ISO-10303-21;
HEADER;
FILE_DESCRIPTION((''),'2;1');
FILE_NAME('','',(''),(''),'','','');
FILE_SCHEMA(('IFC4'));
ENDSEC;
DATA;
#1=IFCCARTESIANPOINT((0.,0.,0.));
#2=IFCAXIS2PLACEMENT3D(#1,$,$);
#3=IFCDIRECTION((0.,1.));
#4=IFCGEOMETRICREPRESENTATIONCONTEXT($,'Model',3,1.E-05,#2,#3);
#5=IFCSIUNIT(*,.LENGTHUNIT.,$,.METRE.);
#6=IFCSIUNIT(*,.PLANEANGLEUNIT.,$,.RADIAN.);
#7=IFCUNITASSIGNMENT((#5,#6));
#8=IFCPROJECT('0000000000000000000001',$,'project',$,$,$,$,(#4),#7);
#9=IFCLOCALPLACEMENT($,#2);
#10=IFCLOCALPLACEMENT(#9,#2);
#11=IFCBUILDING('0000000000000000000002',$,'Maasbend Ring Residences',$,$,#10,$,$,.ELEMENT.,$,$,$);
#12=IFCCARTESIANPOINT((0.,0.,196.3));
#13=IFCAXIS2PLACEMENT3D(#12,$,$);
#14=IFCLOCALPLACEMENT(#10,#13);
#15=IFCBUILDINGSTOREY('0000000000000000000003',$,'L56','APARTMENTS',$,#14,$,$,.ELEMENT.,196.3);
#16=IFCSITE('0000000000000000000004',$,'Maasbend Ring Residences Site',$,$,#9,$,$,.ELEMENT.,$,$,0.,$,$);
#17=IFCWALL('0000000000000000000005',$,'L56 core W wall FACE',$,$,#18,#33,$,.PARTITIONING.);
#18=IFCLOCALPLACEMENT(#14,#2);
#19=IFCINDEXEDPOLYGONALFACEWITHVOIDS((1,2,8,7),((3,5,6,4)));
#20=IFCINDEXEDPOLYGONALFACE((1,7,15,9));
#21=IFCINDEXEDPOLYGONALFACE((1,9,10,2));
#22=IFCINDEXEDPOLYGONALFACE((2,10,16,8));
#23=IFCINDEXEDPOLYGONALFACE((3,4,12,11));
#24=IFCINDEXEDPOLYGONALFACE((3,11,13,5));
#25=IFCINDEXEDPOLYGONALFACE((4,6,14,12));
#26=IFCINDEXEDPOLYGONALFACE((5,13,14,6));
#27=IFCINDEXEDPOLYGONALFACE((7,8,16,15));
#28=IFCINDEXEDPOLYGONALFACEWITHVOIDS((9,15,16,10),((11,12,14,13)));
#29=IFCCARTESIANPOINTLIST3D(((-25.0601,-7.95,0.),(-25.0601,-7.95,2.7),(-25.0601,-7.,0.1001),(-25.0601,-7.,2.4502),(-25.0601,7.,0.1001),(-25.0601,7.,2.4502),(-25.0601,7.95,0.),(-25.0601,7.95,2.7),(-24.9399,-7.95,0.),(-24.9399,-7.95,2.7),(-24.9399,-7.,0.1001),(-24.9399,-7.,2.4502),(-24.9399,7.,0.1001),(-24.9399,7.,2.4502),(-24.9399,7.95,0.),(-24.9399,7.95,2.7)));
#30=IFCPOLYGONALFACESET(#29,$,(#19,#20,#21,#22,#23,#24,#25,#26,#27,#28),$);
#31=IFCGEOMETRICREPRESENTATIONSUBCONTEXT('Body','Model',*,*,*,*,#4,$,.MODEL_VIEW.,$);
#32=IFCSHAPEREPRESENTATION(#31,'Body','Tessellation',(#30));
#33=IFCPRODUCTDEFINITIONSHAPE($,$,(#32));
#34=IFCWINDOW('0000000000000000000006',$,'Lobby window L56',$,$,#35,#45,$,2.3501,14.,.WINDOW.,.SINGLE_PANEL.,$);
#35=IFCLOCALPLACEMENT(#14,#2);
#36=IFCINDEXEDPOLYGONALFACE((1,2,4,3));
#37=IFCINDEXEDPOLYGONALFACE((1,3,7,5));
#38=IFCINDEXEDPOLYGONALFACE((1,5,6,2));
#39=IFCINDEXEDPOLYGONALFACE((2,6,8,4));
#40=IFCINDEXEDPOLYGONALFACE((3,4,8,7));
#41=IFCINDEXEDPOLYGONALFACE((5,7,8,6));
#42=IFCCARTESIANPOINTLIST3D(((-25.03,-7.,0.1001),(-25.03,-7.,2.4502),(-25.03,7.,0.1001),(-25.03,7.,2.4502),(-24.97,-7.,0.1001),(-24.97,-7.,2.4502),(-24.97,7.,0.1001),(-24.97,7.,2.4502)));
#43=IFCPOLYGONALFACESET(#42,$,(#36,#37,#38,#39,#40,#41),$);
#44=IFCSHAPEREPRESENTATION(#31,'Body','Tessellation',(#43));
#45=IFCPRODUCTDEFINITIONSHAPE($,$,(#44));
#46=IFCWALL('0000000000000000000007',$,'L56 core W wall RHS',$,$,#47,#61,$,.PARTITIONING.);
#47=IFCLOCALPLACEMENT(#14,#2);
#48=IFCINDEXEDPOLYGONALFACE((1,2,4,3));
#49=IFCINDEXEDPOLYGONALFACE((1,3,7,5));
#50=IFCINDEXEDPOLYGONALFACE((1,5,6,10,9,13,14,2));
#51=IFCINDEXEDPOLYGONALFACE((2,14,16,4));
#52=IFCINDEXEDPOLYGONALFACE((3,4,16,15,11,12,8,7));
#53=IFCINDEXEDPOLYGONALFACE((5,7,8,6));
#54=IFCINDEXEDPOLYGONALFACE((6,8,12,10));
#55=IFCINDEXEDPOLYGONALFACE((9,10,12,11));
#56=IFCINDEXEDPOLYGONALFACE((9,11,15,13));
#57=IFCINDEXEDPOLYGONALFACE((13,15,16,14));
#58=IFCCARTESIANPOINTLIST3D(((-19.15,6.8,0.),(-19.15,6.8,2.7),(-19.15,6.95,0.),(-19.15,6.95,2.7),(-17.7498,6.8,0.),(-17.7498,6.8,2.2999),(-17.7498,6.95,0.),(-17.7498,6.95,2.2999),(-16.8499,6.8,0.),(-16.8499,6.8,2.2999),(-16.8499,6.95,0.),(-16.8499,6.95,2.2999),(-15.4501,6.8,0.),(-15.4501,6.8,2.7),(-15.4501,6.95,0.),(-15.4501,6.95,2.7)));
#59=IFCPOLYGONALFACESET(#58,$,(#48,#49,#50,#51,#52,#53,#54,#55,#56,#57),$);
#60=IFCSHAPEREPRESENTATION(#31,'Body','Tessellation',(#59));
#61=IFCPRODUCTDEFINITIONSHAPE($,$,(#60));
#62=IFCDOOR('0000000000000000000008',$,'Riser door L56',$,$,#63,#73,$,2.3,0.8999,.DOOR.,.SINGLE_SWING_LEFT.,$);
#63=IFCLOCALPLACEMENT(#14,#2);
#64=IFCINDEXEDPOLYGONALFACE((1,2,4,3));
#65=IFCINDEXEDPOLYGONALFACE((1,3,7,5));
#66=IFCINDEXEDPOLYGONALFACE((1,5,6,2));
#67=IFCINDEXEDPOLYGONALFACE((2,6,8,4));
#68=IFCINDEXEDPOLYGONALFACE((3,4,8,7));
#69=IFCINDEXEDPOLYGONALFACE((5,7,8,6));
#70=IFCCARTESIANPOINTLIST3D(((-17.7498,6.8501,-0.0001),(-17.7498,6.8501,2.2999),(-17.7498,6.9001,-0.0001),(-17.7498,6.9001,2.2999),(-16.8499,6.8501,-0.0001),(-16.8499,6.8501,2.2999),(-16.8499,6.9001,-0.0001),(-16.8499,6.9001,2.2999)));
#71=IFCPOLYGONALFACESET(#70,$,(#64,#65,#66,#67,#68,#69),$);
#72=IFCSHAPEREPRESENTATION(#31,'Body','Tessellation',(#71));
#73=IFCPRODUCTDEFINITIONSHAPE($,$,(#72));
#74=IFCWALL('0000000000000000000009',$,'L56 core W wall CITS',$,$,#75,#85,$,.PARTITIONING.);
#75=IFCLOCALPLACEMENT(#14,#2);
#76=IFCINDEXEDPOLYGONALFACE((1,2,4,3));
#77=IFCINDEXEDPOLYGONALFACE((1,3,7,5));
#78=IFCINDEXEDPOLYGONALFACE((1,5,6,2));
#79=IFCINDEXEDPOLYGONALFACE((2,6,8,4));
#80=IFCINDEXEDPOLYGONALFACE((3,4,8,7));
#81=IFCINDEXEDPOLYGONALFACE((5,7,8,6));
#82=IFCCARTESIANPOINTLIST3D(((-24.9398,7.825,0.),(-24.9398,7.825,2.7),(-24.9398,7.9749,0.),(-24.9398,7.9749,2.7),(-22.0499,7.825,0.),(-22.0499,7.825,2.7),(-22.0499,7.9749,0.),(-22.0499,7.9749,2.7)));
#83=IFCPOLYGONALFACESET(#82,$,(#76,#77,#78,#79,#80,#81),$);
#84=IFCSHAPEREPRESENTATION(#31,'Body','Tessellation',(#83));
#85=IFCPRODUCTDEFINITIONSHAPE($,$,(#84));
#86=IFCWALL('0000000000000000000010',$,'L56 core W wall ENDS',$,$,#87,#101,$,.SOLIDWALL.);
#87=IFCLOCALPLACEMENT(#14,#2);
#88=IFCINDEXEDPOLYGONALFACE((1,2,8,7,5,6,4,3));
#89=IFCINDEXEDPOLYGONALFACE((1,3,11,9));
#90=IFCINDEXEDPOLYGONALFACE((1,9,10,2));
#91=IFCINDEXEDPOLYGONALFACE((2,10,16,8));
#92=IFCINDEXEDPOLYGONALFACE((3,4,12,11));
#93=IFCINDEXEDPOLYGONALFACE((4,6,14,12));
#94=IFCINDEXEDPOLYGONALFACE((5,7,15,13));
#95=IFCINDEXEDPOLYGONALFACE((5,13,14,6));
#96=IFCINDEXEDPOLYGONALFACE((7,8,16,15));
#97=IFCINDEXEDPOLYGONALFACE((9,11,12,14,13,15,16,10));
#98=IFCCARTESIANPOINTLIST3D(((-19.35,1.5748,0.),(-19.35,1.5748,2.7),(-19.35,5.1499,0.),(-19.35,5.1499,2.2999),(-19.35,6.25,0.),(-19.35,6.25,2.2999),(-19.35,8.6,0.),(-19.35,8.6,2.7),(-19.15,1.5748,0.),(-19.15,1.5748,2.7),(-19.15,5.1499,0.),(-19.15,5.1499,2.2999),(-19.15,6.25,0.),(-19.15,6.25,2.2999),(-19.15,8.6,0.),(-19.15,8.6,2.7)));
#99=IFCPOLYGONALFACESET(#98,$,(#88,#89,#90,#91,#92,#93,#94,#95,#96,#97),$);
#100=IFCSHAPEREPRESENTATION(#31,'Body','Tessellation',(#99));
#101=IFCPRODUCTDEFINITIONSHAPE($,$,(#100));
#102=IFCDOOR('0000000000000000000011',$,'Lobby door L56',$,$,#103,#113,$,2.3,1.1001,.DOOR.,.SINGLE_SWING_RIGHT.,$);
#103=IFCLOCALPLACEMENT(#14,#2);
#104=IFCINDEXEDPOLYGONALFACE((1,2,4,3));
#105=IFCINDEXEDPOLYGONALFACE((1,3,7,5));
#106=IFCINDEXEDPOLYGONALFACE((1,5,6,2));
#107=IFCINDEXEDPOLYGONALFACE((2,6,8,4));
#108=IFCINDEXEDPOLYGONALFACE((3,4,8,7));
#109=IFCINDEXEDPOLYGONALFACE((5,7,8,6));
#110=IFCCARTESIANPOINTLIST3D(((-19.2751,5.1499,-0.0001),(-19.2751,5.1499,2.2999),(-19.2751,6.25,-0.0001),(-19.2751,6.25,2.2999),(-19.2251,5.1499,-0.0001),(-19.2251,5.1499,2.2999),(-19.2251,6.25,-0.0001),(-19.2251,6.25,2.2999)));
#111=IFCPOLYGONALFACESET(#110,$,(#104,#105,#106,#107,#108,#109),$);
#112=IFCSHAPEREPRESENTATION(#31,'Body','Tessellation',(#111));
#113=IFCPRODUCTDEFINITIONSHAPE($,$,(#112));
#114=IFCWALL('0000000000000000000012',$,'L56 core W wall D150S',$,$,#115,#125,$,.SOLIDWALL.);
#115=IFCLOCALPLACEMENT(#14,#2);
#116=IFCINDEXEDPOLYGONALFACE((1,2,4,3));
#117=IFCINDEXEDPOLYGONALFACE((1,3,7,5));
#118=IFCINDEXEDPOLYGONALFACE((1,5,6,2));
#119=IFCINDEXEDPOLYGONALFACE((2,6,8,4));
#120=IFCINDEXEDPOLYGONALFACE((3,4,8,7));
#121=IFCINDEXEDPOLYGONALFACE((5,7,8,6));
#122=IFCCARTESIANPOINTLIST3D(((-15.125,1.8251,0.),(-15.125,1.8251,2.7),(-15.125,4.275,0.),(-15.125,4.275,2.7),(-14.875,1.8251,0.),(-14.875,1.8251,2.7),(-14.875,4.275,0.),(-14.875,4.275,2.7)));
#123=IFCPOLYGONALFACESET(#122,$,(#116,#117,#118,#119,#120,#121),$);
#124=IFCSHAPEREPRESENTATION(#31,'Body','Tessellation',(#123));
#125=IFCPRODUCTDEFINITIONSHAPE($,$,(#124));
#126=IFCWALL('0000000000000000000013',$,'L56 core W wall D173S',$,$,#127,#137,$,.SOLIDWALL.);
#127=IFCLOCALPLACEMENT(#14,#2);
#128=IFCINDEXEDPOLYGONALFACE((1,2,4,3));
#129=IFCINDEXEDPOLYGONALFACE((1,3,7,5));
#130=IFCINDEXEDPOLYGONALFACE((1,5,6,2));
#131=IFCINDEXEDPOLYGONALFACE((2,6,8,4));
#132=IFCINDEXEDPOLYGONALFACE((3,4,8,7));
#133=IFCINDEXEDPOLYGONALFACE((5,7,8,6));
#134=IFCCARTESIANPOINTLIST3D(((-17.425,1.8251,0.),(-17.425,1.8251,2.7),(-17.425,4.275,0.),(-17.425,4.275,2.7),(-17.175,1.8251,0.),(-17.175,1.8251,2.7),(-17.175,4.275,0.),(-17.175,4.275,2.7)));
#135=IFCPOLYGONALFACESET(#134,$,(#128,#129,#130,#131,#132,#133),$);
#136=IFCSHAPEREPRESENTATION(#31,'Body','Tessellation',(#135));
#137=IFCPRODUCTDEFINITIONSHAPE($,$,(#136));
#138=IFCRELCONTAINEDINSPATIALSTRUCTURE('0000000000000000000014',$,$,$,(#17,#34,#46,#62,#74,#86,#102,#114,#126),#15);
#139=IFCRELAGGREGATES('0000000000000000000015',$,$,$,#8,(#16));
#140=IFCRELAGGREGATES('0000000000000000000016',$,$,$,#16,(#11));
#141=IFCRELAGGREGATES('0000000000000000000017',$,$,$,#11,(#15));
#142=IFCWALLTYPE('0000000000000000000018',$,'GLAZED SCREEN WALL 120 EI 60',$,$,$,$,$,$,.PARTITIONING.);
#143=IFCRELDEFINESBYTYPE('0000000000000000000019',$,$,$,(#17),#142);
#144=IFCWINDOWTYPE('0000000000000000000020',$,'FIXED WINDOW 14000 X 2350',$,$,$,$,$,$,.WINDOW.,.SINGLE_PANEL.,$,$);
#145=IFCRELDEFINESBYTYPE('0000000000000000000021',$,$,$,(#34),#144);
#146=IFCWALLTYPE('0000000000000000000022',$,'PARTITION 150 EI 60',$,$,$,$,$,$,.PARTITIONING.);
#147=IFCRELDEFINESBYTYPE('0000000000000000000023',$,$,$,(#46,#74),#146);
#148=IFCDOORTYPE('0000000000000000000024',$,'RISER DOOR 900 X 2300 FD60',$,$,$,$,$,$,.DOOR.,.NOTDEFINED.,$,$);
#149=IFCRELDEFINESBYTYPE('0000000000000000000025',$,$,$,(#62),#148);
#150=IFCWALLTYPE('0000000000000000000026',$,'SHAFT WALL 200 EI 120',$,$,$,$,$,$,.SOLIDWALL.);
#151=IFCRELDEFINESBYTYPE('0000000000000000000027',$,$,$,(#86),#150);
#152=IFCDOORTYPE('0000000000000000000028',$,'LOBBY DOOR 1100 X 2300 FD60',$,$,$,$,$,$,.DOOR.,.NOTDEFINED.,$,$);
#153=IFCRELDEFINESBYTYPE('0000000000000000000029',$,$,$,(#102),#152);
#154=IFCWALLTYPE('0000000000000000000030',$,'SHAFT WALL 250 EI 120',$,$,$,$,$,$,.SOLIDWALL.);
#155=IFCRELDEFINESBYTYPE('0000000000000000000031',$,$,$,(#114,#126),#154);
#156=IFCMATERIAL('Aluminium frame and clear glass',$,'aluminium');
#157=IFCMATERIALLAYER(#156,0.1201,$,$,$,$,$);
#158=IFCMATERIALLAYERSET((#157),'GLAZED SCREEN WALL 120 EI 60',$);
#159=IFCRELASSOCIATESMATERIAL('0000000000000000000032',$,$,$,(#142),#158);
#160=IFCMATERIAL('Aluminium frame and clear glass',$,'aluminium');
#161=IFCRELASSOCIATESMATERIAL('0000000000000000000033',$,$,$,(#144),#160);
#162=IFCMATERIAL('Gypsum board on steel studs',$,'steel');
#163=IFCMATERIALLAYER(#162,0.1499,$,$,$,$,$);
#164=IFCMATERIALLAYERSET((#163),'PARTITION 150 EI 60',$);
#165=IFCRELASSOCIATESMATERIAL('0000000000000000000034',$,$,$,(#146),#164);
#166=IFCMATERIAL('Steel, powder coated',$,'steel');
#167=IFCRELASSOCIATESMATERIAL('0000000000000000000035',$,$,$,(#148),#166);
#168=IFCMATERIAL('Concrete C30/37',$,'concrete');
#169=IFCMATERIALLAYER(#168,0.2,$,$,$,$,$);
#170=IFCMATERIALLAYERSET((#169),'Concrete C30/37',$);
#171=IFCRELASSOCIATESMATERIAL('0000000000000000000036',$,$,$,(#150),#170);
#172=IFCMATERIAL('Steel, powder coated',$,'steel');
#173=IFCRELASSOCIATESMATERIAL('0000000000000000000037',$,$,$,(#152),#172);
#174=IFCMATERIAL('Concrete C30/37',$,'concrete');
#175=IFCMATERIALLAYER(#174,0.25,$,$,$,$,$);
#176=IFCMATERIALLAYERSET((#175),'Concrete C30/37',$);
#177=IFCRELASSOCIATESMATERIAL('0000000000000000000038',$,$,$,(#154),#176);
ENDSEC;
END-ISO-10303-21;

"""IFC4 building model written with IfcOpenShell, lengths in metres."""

from ifc_helpers import new_model, si_unit, direction, frame, frame_2d, origin, place, context, subcontext, project, spatial, rectangle, extrude, material, layer, layer_set, type_object, element, fill, save


model = new_model("IFC4")

# Units and contexts
model_context = context("Model", 3, precision=1e-05, world=origin(), true_north=direction((0.0, 1.0)))
body_context = subcontext(model_context, "Body", "Model", "MODEL_VIEW")
ifc_project = project(units=[si_unit("LENGTHUNIT", "METRE"), si_unit("PLANEANGLEUNIT", "RADIAN")], contexts=[model_context])

# Site, building, storey
site_placement = place(None, origin())
site = spatial("IfcSite", under=ifc_project, at=site_placement, Name="Maasbend Ring Residences Site", CompositionType="ELEMENT", RefElevation=0.0)
building_placement = place(site_placement, origin())
building = spatial("IfcBuilding", under=site, at=building_placement, Name="Maasbend Ring Residences", CompositionType="ELEMENT")
storey_placement = place(building_placement, frame((0.0, 0.0, 196.3)))
storey = spatial("IfcBuildingStorey", under=building, at=storey_placement, Name="L56", Description="APARTMENTS", CompositionType="ELEMENT", Elevation=196.3)

# Wall, opening, window
ifc_material_1 = material(Name="Aluminium frame and clear glass", Category="aluminium")
ifc_layer_1 = layer(ifc_material_1, 0.1201)
ifc_layer_set_1 = layer_set([ifc_layer_1], Name="GLAZED SCREEN WALL 120 EI 60")
wall_type_1 = type_object("IfcWallType", Name="GLAZED SCREEN WALL 120 EI 60", PredefinedType="PARTITIONING", material=ifc_layer_set_1)
wall_1_placement = place(storey_placement, frame((-25.0, 7.95, 0.0), z_axis=(0.0, 0.0, 1.0), x_axis=(0.0, -1.0, 0.0)))
wall_1 = element("IfcWall", 1, at=wall_1_placement, inside=storey, type_object=wall_type_1, Name="L56 core W wall FACE", PredefinedType="PARTITIONING", context=body_context, shape_type="SweptSolid", body=[
    extrude(rectangle(XDim=15.8999, YDim=0.1201, at=frame_2d((7.95, 0.0))), origin(), (0.0, 0.0, 1.0), 2.7),
])
opening_1_placement = place(wall_1_placement, frame((0.95, 0.0, 0.1001)))
opening_1 = element("IfcOpeningElement", 2, at=opening_1_placement, cuts=wall_1, PredefinedType="OPENING", context=body_context, shape_type="SweptSolid", body=[
    extrude(rectangle(XDim=14.0, YDim=2.3501, at=frame_2d((7.0, 1.175))), frame((0.0, 0.0701, 0.0), z_axis=(0.0, -1.0, 0.0), x_axis=(1.0, 0.0, 0.0)), (0.0, 0.0, 1.0), 0.1401),
])
ifc_material_2 = material(Name="Aluminium frame and clear glass", Category="aluminium")
window_type = type_object("IfcWindowType", Name="FIXED WINDOW 14000 X 2350", PartitioningType="SINGLE_PANEL", PredefinedType="WINDOW", material=ifc_material_2)
window_placement = place(opening_1_placement, origin())
window = element("IfcWindow", 3, at=window_placement, inside=storey, type_object=window_type, Name="Lobby window L56", OverallHeight=2.3501, OverallWidth=14.0, PartitioningType="SINGLE_PANEL", PredefinedType="WINDOW", context=body_context, shape_type="SweptSolid", body=[
    extrude(rectangle(XDim=14.0, YDim=2.3501, at=frame_2d((7.0, 1.175))), frame((0.0, 0.03, 0.0), z_axis=(0.0, -1.0, 0.0), x_axis=(1.0, 0.0, 0.0)), (0.0, 0.0, 1.0), 0.0601),
])
fill(opening_1, window)

# Wall, opening, door
ifc_material_3 = material(Name="Gypsum board on steel studs", Category="steel")
ifc_layer_2 = layer(ifc_material_3, 0.1499)
ifc_layer_set_2 = layer_set([ifc_layer_2], Name="PARTITION 150 EI 60")
wall_type_2 = type_object("IfcWallType", Name="PARTITION 150 EI 60", PredefinedType="PARTITIONING", material=ifc_layer_set_2)
wall_2_placement = place(storey_placement, frame((-15.45, 6.875, 0.0), z_axis=(0.0, 0.0, 1.0), x_axis=(-1.0, 0.0, 0.0)))
wall_2 = element("IfcWall", 4, at=wall_2_placement, inside=storey, type_object=wall_type_2, Name="L56 core W wall RHS", PredefinedType="PARTITIONING", context=body_context, shape_type="SweptSolid", body=[
    extrude(rectangle(XDim=3.7, YDim=0.1499, at=frame_2d((1.8501, 0.0))), origin(), (0.0, 0.0, 1.0), 2.7),
])
opening_2_placement = place(wall_2_placement, frame((1.3999, 0.0, 0.0)))
opening_2 = element("IfcOpeningElement", 5, at=opening_2_placement, cuts=wall_2, PredefinedType="OPENING", context=body_context, shape_type="SweptSolid", body=[
    extrude(rectangle(XDim=0.8999, YDim=2.3, at=frame_2d((0.45, 1.1499))), frame((0.0, 0.085, 0.0), z_axis=(0.0, -1.0, 0.0), x_axis=(1.0, 0.0, 0.0)), (0.0, 0.0, 1.0), 0.1699),
])
ifc_material_4 = material(Name="Steel, powder coated", Category="steel")
door_type_1 = type_object("IfcDoorType", Name="RISER DOOR 900 X 2300 FD60", OperationType="NOTDEFINED", PredefinedType="DOOR", material=ifc_material_4)
door_1_placement = place(opening_2_placement, origin())
door_1 = element("IfcDoor", 6, at=door_1_placement, inside=storey, type_object=door_type_1, Name="Riser door L56", OperationType="SINGLE_SWING_LEFT", OverallHeight=2.3, OverallWidth=0.8999, PredefinedType="DOOR", context=body_context, shape_type="SweptSolid", body=[
    extrude(rectangle(XDim=0.8999, YDim=2.3, at=frame_2d((0.45, 1.1499))), frame((0.0, 0.0249, 0.0), z_axis=(0.0, -1.0, 0.0), x_axis=(1.0, 0.0, 0.0)), (0.0, 0.0, 1.0), 0.05),
])
fill(opening_2, door_1)

# Wall
wall_3_placement = place(storey_placement, frame((-22.05, 7.8999, 0.0), z_axis=(0.0, 0.0, 1.0), x_axis=(-1.0, 0.0, 0.0)))
element("IfcWall", 7, at=wall_3_placement, inside=storey, type_object=wall_type_2, Name="L56 core W wall CITS", PredefinedType="PARTITIONING", context=body_context, shape_type="SweptSolid", body=[
    extrude(rectangle(XDim=2.8899, YDim=0.1499, at=frame_2d((1.4448, 0.0))), origin(), (0.0, 0.0, 1.0), 2.7),
])

# Wall, opening, door
ifc_material_5 = material(Name="Concrete C30/37", Category="concrete")
ifc_layer_3 = layer(ifc_material_5, 0.2)
ifc_layer_set_3 = layer_set([ifc_layer_3], Name="Concrete C30/37")
wall_type_3 = type_object("IfcWallType", Name="SHAFT WALL 200 EI 120", PredefinedType="SOLIDWALL", material=ifc_layer_set_3)
wall_4_placement = place(storey_placement, frame((-19.25, 8.6001, 0.0), z_axis=(0.0, 0.0, 1.0), x_axis=(0.0, -1.0, 0.0)))
wall_4 = element("IfcWall", 8, at=wall_4_placement, inside=storey, type_object=wall_type_3, Name="L56 core W wall ENDS", PredefinedType="SOLIDWALL", context=body_context, shape_type="SweptSolid", body=[
    extrude(rectangle(XDim=7.0251, YDim=0.2, at=frame_2d((3.5127, 0.0))), origin(), (0.0, 0.0, 1.0), 2.7),
])
opening_3_placement = place(wall_4_placement, frame((2.3501, 0.0, 0.0)))
opening_3 = element("IfcOpeningElement", 9, at=opening_3_placement, cuts=wall_4, PredefinedType="OPENING", context=body_context, shape_type="SweptSolid", body=[
    extrude(rectangle(XDim=1.1001, YDim=2.3, at=frame_2d((0.55, 1.1499))), frame((0.0, 0.1099, 0.0), z_axis=(0.0, -1.0, 0.0), x_axis=(1.0, 0.0, 0.0)), (0.0, 0.0, 1.0), 0.22),
])
ifc_material_6 = material(Name="Steel, powder coated", Category="steel")
door_type_2 = type_object("IfcDoorType", Name="LOBBY DOOR 1100 X 2300 FD60", OperationType="NOTDEFINED", PredefinedType="DOOR", material=ifc_material_6)
door_2_placement = place(opening_3_placement, origin())
door_2 = element("IfcDoor", 10, at=door_2_placement, inside=storey, type_object=door_type_2, Name="Lobby door L56", OperationType="SINGLE_SWING_RIGHT", OverallHeight=2.3, OverallWidth=1.1001, PredefinedType="DOOR", context=body_context, shape_type="SweptSolid", body=[
    extrude(rectangle(XDim=1.1001, YDim=2.3, at=frame_2d((0.55, 1.1499))), frame((0.0, 0.0249, 0.0), z_axis=(0.0, -1.0, 0.0), x_axis=(1.0, 0.0, 0.0)), (0.0, 0.0, 1.0), 0.05),
])
fill(opening_3, door_2)

# Walls
ifc_material_7 = material(Name="Concrete C30/37", Category="concrete")
ifc_layer_4 = layer(ifc_material_7, 0.25)
ifc_layer_set_4 = layer_set([ifc_layer_4], Name="Concrete C30/37")
wall_type_4 = type_object("IfcWallType", Name="SHAFT WALL 250 EI 120", PredefinedType="SOLIDWALL", material=ifc_layer_set_4)
for number, where, z_axis, x_axis, name in (
    (11, (-15.0, 1.825, 0.0), (0.0, 0.0, 1.0), (0.0, 1.0, 0.0), "L56 core W wall D150S"),
    (12, (-17.3, 1.825, 0.0), (0.0, 0.0, 1.0), (0.0, 1.0, 0.0), "L56 core W wall D173S"),
):
    element("IfcWall", number, at=place(storey_placement, frame(where, z_axis=z_axis, x_axis=x_axis)), inside=storey, type_object=wall_type_4, Name=name, PredefinedType="SOLIDWALL", context=body_context, shape_type="SweptSolid", body=[
        extrude(rectangle(XDim=2.45, YDim=0.25, at=frame_2d((1.2251, 0.0))), origin(), (0.0, 0.0, 1.0), 2.7),
    ])

save(model, "model.ifc")
